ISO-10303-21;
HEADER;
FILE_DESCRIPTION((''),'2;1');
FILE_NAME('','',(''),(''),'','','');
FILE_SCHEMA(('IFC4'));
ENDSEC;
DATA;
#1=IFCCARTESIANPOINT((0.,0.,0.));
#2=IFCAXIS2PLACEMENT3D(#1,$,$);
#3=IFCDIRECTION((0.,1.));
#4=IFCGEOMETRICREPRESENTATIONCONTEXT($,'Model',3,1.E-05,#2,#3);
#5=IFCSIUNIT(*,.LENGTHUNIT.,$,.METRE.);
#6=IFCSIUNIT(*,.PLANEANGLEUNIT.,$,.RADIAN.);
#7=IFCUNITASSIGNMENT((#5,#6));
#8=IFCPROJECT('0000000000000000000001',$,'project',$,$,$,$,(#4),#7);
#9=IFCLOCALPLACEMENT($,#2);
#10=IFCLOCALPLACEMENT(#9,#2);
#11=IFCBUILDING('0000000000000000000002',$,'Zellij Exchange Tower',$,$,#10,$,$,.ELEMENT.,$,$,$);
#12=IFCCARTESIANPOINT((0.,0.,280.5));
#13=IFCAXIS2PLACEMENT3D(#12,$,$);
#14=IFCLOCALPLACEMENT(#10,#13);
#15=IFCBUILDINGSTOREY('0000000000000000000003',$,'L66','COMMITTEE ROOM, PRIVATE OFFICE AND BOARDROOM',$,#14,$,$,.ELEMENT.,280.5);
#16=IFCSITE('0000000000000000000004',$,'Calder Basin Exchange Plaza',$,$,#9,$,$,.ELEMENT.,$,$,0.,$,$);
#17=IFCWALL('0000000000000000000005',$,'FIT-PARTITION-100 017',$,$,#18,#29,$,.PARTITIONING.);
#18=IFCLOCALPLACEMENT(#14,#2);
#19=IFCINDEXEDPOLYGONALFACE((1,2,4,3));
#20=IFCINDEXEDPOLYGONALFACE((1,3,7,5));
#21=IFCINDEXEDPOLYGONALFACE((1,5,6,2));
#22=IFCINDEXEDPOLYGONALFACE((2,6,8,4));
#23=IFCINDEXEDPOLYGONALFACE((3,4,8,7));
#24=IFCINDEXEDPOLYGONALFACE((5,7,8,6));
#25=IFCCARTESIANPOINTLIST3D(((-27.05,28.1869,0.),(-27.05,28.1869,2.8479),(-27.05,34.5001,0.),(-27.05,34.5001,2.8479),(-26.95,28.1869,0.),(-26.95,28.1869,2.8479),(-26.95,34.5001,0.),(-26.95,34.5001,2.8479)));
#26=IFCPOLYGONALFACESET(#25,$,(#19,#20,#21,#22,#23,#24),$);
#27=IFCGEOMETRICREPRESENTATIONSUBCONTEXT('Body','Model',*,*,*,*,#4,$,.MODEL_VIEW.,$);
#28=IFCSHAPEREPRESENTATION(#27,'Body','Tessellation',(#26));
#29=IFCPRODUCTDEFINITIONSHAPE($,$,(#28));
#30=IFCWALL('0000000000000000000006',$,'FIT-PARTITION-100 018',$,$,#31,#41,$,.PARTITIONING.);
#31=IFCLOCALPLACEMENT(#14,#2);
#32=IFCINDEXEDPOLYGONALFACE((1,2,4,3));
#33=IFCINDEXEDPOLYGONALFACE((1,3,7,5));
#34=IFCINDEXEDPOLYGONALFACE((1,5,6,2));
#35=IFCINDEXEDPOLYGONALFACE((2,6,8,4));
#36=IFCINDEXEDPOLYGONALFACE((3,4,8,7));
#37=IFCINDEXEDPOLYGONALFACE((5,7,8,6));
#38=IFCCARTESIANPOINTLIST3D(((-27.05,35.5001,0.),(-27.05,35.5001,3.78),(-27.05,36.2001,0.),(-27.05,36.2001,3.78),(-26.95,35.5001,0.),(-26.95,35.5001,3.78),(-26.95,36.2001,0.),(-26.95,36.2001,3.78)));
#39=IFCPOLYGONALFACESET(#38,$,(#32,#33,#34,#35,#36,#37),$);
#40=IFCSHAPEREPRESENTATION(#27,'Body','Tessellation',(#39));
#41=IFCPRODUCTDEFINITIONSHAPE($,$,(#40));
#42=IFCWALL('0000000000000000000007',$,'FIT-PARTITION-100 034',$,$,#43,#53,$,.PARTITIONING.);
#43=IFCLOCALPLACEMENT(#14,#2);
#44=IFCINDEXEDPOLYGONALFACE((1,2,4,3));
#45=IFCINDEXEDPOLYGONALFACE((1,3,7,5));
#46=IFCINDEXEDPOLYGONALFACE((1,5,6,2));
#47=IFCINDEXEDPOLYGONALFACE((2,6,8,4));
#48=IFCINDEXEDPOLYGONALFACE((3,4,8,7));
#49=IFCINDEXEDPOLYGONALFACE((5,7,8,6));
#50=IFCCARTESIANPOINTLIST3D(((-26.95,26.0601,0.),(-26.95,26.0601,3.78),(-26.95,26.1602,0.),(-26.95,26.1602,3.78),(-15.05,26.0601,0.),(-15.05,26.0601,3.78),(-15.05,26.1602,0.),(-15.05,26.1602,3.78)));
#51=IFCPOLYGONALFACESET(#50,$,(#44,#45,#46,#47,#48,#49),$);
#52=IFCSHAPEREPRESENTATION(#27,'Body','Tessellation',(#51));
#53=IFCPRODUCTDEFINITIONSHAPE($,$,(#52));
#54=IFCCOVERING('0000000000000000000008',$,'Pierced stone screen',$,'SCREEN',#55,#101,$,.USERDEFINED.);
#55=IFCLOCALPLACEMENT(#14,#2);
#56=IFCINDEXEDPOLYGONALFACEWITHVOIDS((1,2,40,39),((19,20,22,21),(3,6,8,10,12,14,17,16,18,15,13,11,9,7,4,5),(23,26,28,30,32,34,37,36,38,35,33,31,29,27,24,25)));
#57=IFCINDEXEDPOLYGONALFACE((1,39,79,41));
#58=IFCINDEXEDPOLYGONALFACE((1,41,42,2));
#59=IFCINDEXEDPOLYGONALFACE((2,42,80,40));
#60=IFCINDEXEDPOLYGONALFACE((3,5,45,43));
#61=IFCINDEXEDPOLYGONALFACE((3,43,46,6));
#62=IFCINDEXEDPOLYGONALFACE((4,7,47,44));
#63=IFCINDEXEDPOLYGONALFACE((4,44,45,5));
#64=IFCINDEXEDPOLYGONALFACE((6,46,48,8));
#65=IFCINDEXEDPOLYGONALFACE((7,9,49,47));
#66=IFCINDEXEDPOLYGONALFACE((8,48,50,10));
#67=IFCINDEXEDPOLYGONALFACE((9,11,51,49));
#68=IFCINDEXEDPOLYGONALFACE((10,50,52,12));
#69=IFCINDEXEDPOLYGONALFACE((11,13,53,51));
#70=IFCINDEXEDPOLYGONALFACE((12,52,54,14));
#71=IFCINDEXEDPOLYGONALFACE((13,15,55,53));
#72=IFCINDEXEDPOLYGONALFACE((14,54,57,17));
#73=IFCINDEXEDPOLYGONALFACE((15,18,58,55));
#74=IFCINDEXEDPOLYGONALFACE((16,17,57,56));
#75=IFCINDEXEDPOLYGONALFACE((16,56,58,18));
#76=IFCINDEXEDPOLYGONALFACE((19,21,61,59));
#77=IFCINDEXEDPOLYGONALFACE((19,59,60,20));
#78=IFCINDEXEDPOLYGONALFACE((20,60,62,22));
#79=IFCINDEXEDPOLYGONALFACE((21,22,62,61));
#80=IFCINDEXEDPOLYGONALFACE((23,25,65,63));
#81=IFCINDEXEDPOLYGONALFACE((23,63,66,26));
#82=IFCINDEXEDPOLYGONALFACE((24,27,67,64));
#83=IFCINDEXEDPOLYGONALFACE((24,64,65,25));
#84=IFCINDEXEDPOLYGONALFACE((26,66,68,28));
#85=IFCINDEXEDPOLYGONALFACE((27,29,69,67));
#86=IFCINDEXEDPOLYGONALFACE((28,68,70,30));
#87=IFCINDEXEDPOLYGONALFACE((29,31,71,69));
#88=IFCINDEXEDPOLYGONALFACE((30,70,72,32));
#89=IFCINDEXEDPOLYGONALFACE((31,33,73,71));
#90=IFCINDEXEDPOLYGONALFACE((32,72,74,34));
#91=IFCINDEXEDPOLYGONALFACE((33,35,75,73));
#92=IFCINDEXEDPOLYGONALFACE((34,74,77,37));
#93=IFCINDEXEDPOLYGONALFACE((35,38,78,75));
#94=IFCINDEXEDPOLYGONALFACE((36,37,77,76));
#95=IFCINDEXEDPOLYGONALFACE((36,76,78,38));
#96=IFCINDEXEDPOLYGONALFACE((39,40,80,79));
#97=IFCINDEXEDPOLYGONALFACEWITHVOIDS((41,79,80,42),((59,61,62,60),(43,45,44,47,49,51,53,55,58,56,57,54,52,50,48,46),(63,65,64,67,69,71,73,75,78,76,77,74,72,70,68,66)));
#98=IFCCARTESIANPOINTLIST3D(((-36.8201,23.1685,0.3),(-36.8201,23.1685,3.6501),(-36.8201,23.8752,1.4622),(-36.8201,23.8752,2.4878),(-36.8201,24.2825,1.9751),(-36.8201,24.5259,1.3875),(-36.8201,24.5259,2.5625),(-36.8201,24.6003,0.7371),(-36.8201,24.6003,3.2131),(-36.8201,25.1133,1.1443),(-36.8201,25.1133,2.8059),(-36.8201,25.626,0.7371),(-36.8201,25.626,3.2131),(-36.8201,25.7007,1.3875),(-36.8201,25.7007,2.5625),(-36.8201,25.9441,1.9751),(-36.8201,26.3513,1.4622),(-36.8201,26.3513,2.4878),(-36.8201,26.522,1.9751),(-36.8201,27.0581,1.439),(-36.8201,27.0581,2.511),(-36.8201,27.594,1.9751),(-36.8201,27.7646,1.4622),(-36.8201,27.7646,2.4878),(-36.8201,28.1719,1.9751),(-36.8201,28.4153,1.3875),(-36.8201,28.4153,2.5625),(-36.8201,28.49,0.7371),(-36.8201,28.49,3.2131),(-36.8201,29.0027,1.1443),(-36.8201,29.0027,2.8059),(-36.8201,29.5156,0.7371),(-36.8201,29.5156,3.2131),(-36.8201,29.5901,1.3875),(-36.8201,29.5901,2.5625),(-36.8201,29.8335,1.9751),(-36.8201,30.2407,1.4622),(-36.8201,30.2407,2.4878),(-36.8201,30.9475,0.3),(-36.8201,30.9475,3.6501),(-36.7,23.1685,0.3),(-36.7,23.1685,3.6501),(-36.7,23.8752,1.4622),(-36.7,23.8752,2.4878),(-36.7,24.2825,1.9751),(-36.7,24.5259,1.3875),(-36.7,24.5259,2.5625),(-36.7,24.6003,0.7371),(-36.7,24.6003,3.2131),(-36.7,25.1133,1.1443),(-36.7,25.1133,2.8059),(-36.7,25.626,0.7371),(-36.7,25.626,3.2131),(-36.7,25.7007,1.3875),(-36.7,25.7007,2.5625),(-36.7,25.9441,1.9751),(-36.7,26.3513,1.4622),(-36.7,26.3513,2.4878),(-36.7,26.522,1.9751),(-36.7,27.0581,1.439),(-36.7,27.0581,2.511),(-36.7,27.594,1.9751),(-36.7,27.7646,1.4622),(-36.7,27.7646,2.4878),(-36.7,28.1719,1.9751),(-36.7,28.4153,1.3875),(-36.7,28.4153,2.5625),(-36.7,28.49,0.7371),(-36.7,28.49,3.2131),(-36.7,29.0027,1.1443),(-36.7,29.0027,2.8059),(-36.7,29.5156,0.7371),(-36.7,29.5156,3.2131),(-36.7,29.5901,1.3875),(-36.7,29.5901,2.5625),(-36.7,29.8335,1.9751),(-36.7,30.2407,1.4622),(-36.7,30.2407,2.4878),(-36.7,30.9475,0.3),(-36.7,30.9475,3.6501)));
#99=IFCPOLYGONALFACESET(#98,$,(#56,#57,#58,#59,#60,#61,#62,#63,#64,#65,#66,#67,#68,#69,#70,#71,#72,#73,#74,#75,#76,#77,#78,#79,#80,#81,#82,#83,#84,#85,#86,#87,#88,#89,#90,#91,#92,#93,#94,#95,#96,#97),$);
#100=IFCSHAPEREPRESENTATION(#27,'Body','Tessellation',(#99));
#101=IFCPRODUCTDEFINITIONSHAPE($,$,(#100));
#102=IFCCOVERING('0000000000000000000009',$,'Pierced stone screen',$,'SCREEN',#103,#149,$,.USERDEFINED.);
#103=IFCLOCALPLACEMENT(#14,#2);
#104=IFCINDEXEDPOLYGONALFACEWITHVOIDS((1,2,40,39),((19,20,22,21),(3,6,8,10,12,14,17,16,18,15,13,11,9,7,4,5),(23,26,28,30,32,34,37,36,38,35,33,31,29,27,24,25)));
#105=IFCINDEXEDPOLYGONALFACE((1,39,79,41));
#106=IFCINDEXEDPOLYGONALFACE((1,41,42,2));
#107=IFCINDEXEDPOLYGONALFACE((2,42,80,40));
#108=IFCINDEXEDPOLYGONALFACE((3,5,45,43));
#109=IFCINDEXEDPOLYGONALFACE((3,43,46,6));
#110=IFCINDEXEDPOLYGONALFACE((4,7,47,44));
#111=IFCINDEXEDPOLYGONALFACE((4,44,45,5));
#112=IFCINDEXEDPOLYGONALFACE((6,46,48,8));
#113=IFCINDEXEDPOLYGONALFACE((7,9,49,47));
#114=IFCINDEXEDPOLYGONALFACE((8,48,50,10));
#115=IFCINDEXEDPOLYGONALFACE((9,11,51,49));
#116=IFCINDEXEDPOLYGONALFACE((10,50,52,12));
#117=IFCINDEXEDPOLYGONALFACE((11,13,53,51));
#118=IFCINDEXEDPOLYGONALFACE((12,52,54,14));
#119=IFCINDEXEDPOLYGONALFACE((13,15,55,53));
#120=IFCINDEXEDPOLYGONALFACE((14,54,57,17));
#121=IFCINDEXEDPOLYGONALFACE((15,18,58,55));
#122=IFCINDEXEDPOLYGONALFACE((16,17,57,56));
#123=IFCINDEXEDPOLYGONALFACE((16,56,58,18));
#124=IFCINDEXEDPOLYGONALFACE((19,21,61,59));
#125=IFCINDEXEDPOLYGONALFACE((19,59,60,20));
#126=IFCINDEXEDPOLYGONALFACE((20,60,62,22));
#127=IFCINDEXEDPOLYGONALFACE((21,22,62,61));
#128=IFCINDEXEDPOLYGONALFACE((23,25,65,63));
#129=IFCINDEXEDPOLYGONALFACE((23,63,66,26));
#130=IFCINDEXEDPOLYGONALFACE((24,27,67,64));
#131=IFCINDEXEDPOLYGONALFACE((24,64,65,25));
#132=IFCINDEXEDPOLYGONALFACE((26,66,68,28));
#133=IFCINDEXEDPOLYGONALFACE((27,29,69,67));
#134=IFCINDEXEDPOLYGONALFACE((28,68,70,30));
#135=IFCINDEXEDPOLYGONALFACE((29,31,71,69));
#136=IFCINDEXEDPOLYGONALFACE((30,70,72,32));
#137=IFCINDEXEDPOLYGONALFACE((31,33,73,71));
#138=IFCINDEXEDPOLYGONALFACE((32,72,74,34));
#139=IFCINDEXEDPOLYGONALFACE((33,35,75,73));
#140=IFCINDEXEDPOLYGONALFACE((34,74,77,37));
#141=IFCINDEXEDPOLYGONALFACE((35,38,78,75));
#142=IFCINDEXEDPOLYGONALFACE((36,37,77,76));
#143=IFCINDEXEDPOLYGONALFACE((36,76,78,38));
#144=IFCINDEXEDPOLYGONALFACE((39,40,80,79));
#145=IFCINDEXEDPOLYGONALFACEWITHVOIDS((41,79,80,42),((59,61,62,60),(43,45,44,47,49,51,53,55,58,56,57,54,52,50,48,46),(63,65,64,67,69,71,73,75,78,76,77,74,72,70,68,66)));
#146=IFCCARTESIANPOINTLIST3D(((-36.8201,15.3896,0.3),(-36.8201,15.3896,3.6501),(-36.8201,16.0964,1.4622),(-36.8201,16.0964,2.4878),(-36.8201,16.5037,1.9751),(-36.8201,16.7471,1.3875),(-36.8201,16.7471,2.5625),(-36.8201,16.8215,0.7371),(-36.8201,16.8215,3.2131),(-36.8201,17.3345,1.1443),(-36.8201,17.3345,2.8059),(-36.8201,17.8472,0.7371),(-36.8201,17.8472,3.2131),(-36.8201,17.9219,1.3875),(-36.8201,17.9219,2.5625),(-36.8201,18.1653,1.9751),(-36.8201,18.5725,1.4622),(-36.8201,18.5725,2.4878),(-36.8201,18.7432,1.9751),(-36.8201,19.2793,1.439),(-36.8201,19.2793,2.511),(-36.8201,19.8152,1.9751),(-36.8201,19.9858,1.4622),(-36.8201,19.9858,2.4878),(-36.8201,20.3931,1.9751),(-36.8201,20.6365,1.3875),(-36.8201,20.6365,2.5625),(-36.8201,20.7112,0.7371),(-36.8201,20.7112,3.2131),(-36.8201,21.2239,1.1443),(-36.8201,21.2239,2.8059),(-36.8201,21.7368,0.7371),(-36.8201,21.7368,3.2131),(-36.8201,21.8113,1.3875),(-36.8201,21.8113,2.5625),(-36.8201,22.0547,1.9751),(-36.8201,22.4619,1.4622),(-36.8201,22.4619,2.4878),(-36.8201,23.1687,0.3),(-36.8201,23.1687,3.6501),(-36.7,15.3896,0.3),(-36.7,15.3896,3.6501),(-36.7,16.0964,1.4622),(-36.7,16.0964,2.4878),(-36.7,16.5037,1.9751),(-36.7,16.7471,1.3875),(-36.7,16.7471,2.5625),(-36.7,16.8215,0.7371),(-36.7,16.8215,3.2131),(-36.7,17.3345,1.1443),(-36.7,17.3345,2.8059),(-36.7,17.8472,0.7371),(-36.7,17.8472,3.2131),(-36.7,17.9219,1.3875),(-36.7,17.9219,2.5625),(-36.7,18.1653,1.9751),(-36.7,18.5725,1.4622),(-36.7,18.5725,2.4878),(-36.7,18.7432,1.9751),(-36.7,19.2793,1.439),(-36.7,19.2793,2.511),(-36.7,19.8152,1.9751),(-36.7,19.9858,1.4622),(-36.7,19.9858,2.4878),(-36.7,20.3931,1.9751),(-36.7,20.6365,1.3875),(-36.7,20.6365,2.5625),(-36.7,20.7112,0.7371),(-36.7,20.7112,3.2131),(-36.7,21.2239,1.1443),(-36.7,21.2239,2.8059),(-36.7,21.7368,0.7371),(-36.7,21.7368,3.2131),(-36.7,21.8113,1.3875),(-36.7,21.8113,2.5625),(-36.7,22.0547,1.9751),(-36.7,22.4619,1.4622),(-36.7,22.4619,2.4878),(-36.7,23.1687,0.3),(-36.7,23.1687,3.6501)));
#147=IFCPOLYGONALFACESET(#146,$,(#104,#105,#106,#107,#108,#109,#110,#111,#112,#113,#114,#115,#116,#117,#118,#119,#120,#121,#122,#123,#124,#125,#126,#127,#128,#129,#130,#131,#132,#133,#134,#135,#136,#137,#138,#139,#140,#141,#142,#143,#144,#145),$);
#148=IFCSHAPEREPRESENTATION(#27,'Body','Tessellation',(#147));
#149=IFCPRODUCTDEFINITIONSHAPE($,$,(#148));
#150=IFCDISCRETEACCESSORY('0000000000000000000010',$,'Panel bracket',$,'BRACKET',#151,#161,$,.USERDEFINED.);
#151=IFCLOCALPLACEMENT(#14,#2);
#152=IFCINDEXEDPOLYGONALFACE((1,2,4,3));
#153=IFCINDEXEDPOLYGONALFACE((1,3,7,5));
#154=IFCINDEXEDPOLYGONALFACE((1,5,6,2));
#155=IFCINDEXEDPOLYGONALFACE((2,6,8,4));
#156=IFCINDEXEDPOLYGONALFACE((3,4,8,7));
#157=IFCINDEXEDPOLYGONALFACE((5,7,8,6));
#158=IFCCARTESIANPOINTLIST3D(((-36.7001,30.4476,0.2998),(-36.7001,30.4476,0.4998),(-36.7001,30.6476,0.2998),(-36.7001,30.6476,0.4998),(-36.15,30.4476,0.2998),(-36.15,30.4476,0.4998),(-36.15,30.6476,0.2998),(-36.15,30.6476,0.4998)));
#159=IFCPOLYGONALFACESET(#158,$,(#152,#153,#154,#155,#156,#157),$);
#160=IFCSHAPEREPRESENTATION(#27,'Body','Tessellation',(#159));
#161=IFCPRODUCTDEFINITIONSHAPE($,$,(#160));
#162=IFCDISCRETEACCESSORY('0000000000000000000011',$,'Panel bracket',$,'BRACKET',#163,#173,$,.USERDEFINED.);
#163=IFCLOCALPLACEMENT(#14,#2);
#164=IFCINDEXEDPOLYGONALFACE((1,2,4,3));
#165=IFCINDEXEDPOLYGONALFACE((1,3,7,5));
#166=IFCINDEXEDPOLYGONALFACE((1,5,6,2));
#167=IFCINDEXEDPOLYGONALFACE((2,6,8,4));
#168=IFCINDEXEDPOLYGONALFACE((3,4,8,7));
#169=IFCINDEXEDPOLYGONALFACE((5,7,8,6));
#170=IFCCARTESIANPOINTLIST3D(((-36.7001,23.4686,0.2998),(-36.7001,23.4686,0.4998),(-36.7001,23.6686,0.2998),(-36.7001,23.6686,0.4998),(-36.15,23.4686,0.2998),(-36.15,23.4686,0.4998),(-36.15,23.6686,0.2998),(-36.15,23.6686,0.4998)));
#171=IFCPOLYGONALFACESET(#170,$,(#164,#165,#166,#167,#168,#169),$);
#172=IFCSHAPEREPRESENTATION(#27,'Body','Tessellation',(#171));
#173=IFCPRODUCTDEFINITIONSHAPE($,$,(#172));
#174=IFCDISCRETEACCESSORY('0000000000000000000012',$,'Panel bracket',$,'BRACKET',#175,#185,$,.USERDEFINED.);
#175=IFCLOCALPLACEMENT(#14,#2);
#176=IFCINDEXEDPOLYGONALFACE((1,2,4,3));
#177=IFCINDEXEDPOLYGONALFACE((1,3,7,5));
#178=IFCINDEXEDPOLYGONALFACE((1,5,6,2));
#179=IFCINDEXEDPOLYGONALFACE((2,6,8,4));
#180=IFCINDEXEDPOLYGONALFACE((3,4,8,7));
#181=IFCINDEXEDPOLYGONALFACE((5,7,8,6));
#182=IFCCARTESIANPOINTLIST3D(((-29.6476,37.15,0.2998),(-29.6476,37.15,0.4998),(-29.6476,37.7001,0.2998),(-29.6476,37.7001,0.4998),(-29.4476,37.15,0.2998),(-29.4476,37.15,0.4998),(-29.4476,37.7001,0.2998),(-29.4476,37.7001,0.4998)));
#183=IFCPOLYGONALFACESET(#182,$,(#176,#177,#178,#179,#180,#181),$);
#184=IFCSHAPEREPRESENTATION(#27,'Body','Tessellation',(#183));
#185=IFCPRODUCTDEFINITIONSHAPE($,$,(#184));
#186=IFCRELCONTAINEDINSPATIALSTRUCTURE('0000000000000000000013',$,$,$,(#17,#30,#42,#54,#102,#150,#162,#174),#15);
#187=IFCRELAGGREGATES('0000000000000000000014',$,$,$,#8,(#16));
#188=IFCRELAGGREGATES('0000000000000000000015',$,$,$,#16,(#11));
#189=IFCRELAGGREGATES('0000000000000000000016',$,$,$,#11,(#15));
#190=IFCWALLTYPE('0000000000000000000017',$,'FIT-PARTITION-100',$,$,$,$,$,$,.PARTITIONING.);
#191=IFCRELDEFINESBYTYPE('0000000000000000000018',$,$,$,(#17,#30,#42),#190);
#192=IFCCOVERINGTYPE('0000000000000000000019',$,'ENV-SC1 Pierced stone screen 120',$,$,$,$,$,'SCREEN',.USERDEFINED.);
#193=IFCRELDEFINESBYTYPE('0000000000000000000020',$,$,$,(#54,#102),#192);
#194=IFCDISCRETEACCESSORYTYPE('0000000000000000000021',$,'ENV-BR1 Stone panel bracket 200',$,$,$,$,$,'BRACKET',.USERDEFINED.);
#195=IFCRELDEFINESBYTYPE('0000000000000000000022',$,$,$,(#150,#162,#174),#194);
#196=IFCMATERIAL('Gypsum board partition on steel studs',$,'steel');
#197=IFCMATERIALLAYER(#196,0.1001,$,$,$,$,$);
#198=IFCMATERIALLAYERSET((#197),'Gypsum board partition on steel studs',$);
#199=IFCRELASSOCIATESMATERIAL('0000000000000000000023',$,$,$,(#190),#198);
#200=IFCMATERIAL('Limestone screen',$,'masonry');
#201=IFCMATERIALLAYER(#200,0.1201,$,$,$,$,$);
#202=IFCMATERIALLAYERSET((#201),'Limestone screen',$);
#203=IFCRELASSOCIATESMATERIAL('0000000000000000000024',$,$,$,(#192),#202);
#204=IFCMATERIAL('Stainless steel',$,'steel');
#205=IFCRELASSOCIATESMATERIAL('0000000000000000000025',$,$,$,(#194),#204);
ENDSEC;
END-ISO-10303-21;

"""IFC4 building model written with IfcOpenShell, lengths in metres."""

from ifc_helpers import new_model, si_unit, direction, frame, frame_2d, origin, origin_2d, place, context, subcontext, project, spatial, polyline, rectangle, outline, extrude, material, layer, layer_set, type_object, element, save


model = new_model("IFC4")

# Units and contexts
model_context = context("Model", 3, precision=1e-05, world=origin(), true_north=direction((0.0, 1.0)))
body_context = subcontext(model_context, "Body", "Model", "MODEL_VIEW")
ifc_project = project(units=[si_unit("LENGTHUNIT", "METRE"), si_unit("PLANEANGLEUNIT", "RADIAN")], contexts=[model_context])

# Site, building, storey
site_placement = place(None, origin())
site = spatial("IfcSite", under=ifc_project, at=site_placement, Name="Calder Basin Exchange Plaza", CompositionType="ELEMENT", RefElevation=0.0)
building_placement = place(site_placement, origin())
building = spatial("IfcBuilding", under=site, at=building_placement, Name="Zellij Exchange Tower", CompositionType="ELEMENT")
storey_placement = place(building_placement, frame((0.0, 0.0, 280.5)))
storey = spatial("IfcBuildingStorey", under=building, at=storey_placement, Name="L66", Description="COMMITTEE ROOM, PRIVATE OFFICE AND BOARDROOM", CompositionType="ELEMENT", Elevation=280.5)

# Walls
ifc_material_1 = material(Name="Gypsum board partition on steel studs", Category="steel")
ifc_layer_1 = layer(ifc_material_1, 0.1001)
ifc_layer_set_1 = layer_set([ifc_layer_1], Name="Gypsum board partition on steel studs")
wall_type_1 = type_object("IfcWallType", Name="FIT-PARTITION-100", PredefinedType="PARTITIONING", material=ifc_layer_set_1)
wall_1_placement = place(storey_placement, frame((-27.0, 28.1868, 0.0), z_axis=(0.0, 0.0, 1.0), x_axis=(0.0, 1.0, 0.0)))
element("IfcWall", 1, at=wall_1_placement, inside=storey, type_object=wall_type_1, Name="FIT-PARTITION-100 017", PredefinedType="PARTITIONING", context=body_context, shape_type="SweptSolid", body=[
    extrude(rectangle(XDim=6.3132, YDim=0.1001, at=frame_2d((3.1567, 0.0))), origin(), (0.0, 0.0, 1.0), 2.8479),
])
wall_2_placement = place(storey_placement, frame((-27.0, 35.5, 0.0), z_axis=(0.0, 0.0, 1.0), x_axis=(0.0, 1.0, 0.0)))
element("IfcWall", 2, at=wall_2_placement, inside=storey, type_object=wall_type_1, Name="FIT-PARTITION-100 018", PredefinedType="PARTITIONING", context=body_context, shape_type="SweptSolid", body=[
    extrude(rectangle(XDim=0.7, YDim=0.1001, at=frame_2d((0.3501, 0.0))), origin(), (0.0, 0.0, 1.0), 3.78),
])
wall_3_placement = place(storey_placement, frame((-26.95, 26.1101, 0.0), z_axis=(0.0, 0.0, 1.0), x_axis=(1.0, 0.0, 0.0)))
element("IfcWall", 3, at=wall_3_placement, inside=storey, type_object=wall_type_1, Name="FIT-PARTITION-100 034", PredefinedType="PARTITIONING", context=body_context, shape_type="SweptSolid", body=[
    extrude(rectangle(XDim=11.8999, YDim=0.1001, at=frame_2d((5.95, 0.0))), origin(), (0.0, 0.0, 1.0), 3.78),
])

# Coverings
ifc_material_2 = material(Name="Limestone screen", Category="masonry")
ifc_layer_2 = layer(ifc_material_2, 0.1201)
ifc_layer_set_2 = layer_set([ifc_layer_2], Name="Limestone screen")
covering_type = type_object("IfcCoveringType", Name="ENV-SC1 Pierced stone screen 120", ElementType="SCREEN", PredefinedType="USERDEFINED", material=ifc_layer_set_2)
for number, where, z_axis, x_axis, name in (
    (4, (-36.76, 30.9475, 0.3), (0.0, 0.0, 1.0), (0.0, -1.0, 0.0), "Pierced stone screen"),
    (5, (-36.76, 23.1687, 0.3), (0.0, 0.0, 1.0), (0.0, -1.0, 0.0), "Pierced stone screen"),
):
    element("IfcCovering", number, at=place(storey_placement, frame(where, z_axis=z_axis, x_axis=x_axis)), inside=storey, type_object=covering_type, Name=name, ObjectType="SCREEN", PredefinedType="USERDEFINED", context=body_context, shape_type="SweptSolid", body=[
        extrude(outline(polyline([(0.0, 0.0), (7.7791, 0.0), (7.7791, 3.3501), (0.0, 3.3501), (0.0, 0.0)]), holes=[polyline([(3.1829, 2.1877), (2.5322, 2.2625), (2.4575, 2.9131), (1.9448, 2.5059), (1.4319, 2.9131), (1.3574, 2.2625), (0.7068, 2.1877), (1.114, 1.675), (0.7068, 1.1621), (1.3574, 1.0874), (1.4319, 0.437), (1.9448, 0.8442), (2.4575, 0.437), (2.5322, 1.0874), (3.1829, 1.1621), (2.7756, 1.675), (3.1829, 2.1877)]), polyline([(7.0723, 2.1877), (6.4216, 2.2625), (6.3472, 2.9131), (5.8342, 2.5059), (5.3215, 2.9131), (5.2468, 2.2625), (4.5962, 2.1877), (5.0034, 1.675), (4.5962, 1.1621), (5.2468, 1.0874), (5.3215, 0.437), (5.8342, 0.8442), (6.3472, 0.437), (6.4216, 1.0874), (7.0723, 1.1621), (6.665, 1.675), (7.0723, 2.1877)]), polyline([(4.4255, 1.675), (3.8894, 2.2109), (3.3535, 1.675), (3.8894, 1.1389), (4.4255, 1.675)])]), frame((0.0, 0.0601, 0.0), z_axis=(0.0, -1.0, 0.0), x_axis=(1.0, 0.0, 0.0)), (0.0, 0.0, 1.0), 0.1201),
    ])

# Discrete accessories
ifc_material_3 = material(Name="Stainless steel", Category="steel")
discrete_accessory_type = type_object("IfcDiscreteAccessoryType", Name="ENV-BR1 Stone panel bracket 200", ElementType="BRACKET", PredefinedType="USERDEFINED", material=ifc_material_3)
for number, where, z_axis, x_axis, name in (
    (6, (-36.425, 30.5476, 0.2998), (0.0, 0.0, 1.0), (0.0, -1.0, 0.0), "Panel bracket"),
    (7, (-36.425, 23.5686, 0.2998), (0.0, 0.0, 1.0), (0.0, -1.0, 0.0), "Panel bracket"),
    (8, (-29.5476, 37.425, 0.2998), (0.0, 0.0, 1.0), (-1.0, 0.0, 0.0), "Panel bracket"),
):
    element("IfcDiscreteAccessory", number, at=place(storey_placement, frame(where, z_axis=z_axis, x_axis=x_axis)), inside=storey, type_object=discrete_accessory_type, Name=name, ObjectType="BRACKET", PredefinedType="USERDEFINED", context=body_context, shape_type="SweptSolid", body=[
        extrude(rectangle(XDim=0.2, YDim=0.55, at=origin_2d()), origin(), (0.0, 0.0, 1.0), 0.2),
    ])

save(model, "model.ifc")
